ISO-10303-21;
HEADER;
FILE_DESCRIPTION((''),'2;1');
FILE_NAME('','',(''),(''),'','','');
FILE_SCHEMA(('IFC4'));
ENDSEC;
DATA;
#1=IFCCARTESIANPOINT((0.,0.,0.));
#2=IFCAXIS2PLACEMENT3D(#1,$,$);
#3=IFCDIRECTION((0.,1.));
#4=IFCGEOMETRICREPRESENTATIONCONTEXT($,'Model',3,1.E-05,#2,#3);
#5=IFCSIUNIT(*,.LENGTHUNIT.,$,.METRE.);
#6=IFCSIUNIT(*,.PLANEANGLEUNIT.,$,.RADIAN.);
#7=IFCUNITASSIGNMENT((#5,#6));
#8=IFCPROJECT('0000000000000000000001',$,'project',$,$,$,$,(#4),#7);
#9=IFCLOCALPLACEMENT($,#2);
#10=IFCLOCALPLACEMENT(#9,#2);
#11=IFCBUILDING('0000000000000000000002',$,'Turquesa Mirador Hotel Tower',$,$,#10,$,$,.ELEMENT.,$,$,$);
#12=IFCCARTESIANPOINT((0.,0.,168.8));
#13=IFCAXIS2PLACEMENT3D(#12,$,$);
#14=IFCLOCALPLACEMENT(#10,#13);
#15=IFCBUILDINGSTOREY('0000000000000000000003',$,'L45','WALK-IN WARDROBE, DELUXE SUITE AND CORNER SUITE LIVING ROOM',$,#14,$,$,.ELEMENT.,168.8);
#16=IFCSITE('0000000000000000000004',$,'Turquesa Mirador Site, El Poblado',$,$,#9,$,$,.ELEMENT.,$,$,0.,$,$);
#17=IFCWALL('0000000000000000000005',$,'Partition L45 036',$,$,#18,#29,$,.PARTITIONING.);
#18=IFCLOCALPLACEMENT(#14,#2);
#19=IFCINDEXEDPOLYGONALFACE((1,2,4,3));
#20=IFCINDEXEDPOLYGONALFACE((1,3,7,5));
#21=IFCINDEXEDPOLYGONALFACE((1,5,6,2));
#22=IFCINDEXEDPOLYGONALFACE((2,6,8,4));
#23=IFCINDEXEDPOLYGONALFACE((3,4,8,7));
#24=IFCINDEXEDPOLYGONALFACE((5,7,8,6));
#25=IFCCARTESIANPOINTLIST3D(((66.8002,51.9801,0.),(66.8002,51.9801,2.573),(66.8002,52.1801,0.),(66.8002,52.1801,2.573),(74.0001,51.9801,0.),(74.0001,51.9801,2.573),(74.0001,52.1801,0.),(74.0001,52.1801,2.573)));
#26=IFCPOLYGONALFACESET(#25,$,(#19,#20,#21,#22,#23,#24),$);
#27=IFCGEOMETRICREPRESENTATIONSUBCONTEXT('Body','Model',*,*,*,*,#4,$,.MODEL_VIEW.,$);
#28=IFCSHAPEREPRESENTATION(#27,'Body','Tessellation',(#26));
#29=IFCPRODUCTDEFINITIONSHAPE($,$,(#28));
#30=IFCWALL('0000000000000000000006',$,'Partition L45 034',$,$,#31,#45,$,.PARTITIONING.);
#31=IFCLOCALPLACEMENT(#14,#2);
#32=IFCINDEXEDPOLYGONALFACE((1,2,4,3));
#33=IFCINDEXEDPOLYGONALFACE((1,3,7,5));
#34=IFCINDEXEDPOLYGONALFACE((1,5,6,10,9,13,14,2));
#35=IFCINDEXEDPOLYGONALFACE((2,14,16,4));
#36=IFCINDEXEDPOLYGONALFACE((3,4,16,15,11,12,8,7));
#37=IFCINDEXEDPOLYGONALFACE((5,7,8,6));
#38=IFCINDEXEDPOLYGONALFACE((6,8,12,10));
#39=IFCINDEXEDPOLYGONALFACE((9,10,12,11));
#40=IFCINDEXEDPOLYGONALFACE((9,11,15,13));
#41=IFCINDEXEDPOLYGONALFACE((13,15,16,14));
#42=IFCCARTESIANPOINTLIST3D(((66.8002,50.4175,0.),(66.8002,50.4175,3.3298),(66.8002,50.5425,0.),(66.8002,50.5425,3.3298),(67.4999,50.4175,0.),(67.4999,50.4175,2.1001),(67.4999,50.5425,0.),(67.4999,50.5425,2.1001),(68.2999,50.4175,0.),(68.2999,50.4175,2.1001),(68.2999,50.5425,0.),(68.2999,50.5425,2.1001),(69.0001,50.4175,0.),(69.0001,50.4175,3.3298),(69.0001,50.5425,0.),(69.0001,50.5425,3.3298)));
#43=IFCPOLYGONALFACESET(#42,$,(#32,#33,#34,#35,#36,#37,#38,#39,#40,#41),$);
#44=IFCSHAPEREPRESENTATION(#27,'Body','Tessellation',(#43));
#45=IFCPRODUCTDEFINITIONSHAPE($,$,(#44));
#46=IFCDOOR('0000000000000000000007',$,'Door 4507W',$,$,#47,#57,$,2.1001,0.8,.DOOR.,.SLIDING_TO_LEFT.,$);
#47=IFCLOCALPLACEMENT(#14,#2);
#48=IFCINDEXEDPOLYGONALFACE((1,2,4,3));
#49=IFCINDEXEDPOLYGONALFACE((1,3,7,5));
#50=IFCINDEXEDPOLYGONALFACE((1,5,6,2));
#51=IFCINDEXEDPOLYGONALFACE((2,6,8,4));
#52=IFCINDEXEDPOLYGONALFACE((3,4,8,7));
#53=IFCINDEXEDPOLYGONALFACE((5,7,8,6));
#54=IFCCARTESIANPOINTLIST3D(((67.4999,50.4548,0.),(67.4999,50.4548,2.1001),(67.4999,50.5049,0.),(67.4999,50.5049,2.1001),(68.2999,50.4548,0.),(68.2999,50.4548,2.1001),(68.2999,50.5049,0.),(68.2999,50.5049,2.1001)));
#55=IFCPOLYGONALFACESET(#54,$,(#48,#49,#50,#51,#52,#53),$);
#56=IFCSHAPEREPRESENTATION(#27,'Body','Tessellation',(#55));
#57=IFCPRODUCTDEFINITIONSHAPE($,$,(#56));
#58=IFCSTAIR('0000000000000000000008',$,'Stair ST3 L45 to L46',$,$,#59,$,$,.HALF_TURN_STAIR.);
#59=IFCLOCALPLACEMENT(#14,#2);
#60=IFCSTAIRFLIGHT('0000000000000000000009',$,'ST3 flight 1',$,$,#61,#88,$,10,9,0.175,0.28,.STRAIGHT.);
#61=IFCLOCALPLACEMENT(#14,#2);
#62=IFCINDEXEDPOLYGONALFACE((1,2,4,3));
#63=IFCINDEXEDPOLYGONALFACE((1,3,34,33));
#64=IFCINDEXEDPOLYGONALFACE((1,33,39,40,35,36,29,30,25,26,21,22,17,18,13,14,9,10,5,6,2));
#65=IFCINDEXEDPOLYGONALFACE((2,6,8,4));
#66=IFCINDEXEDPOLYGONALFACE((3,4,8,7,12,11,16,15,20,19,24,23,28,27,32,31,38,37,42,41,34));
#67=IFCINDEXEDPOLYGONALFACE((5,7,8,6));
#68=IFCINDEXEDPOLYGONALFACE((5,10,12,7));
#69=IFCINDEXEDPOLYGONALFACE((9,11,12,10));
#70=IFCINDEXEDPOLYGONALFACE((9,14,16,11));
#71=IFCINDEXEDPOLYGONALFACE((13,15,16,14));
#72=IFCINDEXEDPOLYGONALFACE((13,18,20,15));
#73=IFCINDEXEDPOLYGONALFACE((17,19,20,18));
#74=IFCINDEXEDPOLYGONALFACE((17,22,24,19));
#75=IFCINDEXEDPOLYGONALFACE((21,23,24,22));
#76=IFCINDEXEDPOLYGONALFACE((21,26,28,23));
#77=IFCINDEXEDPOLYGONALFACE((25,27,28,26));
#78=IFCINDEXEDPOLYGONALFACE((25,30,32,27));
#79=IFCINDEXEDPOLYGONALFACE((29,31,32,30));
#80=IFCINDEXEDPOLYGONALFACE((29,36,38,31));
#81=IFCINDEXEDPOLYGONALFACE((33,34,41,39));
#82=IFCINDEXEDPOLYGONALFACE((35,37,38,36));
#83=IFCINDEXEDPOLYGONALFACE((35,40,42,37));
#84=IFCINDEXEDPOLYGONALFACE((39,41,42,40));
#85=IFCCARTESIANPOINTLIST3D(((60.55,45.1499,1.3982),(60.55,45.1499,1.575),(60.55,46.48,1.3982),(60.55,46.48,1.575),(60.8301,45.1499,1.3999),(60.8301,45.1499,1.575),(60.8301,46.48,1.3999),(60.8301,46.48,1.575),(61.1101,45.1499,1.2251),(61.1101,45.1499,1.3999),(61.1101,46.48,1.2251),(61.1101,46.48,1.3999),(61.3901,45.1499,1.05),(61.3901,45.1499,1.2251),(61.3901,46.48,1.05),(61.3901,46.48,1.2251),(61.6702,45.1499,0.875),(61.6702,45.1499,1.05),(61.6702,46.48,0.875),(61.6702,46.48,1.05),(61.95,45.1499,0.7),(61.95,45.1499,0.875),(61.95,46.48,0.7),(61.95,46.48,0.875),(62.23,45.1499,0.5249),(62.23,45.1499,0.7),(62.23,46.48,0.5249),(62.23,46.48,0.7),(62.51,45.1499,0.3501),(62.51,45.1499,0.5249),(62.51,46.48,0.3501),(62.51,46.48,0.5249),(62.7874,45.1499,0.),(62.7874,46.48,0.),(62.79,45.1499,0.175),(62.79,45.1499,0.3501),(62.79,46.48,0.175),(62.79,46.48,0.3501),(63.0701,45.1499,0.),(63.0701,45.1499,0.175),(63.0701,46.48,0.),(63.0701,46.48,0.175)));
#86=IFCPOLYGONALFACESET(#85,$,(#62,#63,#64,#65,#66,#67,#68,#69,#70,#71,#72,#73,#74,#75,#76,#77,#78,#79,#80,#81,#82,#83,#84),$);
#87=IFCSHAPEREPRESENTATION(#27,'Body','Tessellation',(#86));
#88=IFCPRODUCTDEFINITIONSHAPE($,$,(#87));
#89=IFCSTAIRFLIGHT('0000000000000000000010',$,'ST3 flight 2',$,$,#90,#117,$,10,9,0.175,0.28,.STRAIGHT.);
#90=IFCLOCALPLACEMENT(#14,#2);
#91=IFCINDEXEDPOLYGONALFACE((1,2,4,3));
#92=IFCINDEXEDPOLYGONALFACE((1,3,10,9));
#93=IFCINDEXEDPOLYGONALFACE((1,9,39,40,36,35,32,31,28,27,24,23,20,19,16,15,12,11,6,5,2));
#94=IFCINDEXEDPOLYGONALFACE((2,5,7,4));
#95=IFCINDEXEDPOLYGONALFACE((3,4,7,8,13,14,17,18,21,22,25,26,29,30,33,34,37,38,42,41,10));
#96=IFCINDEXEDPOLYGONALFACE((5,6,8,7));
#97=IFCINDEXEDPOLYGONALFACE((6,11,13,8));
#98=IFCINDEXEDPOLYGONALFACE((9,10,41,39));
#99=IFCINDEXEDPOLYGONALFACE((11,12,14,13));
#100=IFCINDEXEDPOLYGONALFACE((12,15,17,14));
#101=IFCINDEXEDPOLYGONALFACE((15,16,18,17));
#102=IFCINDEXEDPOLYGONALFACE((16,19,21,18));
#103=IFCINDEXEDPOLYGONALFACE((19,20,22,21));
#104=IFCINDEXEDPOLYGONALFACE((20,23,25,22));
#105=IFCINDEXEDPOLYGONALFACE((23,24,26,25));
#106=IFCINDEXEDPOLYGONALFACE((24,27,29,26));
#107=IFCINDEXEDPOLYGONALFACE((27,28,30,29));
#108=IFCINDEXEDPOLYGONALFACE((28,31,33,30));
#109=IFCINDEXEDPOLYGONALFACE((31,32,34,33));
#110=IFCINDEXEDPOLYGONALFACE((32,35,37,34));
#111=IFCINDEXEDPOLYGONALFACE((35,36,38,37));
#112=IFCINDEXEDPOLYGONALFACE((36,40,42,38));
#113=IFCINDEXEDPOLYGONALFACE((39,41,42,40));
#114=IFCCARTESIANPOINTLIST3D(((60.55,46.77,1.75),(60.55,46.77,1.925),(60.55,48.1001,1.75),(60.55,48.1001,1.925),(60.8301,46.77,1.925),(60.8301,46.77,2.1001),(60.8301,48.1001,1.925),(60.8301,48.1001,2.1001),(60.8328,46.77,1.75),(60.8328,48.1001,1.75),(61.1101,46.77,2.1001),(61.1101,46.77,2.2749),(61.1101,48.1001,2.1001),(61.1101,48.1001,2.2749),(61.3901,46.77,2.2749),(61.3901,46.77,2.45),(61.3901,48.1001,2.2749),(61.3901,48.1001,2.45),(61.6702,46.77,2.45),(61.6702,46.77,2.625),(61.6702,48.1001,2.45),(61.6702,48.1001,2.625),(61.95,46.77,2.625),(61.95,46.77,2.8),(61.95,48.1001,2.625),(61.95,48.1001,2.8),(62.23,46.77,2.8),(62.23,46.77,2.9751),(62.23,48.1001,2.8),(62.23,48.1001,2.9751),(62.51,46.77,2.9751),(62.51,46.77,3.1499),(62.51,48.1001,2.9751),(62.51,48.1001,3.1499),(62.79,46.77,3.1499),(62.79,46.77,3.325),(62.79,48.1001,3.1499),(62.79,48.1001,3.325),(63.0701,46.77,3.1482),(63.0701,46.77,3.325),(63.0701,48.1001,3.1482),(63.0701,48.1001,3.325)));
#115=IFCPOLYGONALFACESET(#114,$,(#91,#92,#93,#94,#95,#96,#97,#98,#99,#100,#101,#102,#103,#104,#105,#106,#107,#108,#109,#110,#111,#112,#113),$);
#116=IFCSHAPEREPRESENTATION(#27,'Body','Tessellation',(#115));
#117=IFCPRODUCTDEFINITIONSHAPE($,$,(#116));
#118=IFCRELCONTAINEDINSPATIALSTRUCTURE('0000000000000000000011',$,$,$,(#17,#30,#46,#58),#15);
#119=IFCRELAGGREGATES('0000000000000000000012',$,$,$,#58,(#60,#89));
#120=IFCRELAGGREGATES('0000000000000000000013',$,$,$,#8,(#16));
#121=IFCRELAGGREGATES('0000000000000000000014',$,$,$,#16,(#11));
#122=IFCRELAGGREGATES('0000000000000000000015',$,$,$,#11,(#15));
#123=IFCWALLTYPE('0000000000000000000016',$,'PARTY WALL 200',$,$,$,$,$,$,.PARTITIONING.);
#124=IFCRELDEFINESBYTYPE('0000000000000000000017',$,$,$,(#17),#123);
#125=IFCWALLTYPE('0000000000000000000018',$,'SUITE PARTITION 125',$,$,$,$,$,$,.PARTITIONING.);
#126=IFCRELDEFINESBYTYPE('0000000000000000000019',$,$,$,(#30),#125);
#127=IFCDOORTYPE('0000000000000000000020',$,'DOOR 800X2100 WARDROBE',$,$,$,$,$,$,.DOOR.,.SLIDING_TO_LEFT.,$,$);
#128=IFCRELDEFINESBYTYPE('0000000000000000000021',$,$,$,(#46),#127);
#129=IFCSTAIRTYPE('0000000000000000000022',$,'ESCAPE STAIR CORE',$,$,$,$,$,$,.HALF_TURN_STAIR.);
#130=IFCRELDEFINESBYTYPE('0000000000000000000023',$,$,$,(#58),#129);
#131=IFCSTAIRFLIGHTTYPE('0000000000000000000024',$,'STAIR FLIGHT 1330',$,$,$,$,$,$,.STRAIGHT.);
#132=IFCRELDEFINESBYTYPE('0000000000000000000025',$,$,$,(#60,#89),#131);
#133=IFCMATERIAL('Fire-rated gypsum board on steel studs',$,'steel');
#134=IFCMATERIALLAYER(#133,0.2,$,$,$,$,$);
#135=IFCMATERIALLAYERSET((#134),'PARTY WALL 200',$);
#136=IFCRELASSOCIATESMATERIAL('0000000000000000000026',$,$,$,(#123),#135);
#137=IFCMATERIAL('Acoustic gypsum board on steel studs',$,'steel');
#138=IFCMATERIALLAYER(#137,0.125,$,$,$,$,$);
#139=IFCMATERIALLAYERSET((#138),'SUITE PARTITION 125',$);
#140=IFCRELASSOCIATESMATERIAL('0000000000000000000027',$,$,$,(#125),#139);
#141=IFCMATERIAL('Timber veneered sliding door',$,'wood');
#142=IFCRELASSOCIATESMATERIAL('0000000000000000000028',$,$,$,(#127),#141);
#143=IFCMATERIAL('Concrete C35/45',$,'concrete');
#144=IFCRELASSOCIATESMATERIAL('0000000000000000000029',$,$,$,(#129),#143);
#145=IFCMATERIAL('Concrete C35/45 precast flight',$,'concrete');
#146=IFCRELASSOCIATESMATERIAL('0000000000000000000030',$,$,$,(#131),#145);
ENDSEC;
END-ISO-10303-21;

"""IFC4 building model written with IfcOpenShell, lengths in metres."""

from ifc_helpers import new_model, si_unit, direction, frame, frame_2d, origin, place, context, subcontext, project, spatial, polyline, rectangle, outline, extrude, material, layer, layer_set, type_object, element, fill, aggregate, save


model = new_model("IFC4")

# Units and contexts
model_context = context("Model", 3, precision=1e-05, world=origin(), true_north=direction((0.0, 1.0)))
body_context = subcontext(model_context, "Body", "Model", "MODEL_VIEW")
ifc_project = project(units=[si_unit("LENGTHUNIT", "METRE"), si_unit("PLANEANGLEUNIT", "RADIAN")], contexts=[model_context])

# Site, building, storey
site_placement = place(None, origin())
site = spatial("IfcSite", under=ifc_project, at=site_placement, Name="Turquesa Mirador Site, El Poblado", CompositionType="ELEMENT", RefElevation=0.0)
building_placement = place(site_placement, origin())
building = spatial("IfcBuilding", under=site, at=building_placement, Name="Turquesa Mirador Hotel Tower", CompositionType="ELEMENT")
storey_placement = place(building_placement, frame((0.0, 0.0, 168.8)))
storey = spatial("IfcBuildingStorey", under=building, at=storey_placement, Name="L45", Description="WALK-IN WARDROBE, DELUXE SUITE AND CORNER SUITE LIVING ROOM", CompositionType="ELEMENT", Elevation=168.8)

# Wall
ifc_material_1 = material(Name="Fire-rated gypsum board on steel studs", Category="steel")
ifc_layer_1 = layer(ifc_material_1, 0.2)
ifc_layer_set_1 = layer_set([ifc_layer_1], Name="PARTY WALL 200")
wall_type_1 = type_object("IfcWallType", Name="PARTY WALL 200", PredefinedType="PARTITIONING", material=ifc_layer_set_1)
wall_1_placement = place(storey_placement, frame((66.8, 52.0801, 0.0), z_axis=(0.0, 0.0, 1.0), x_axis=(1.0, 0.0, 0.0)))
element("IfcWall", 1, at=wall_1_placement, inside=storey, type_object=wall_type_1, Name="Partition L45 036", PredefinedType="PARTITIONING", context=body_context, shape_type="SweptSolid", body=[
    extrude(rectangle(XDim=7.2, YDim=0.2, at=frame_2d((3.6001, 0.0))), origin(), (0.0, 0.0, 1.0), 2.573),
])

# Wall, opening, door
ifc_material_2 = material(Name="Acoustic gypsum board on steel studs", Category="steel")
ifc_layer_2 = layer(ifc_material_2, 0.125)
ifc_layer_set_2 = layer_set([ifc_layer_2], Name="SUITE PARTITION 125")
wall_type_2 = type_object("IfcWallType", Name="SUITE PARTITION 125", PredefinedType="PARTITIONING", material=ifc_layer_set_2)
wall_2_placement = place(storey_placement, frame((66.8, 50.48, 0.0), z_axis=(0.0, 0.0, 1.0), x_axis=(1.0, 0.0, 0.0)))
wall_2 = element("IfcWall", 2, at=wall_2_placement, inside=storey, type_object=wall_type_2, Name="Partition L45 034", PredefinedType="PARTITIONING", context=body_context, shape_type="SweptSolid", body=[
    extrude(rectangle(XDim=2.2, YDim=0.125, at=frame_2d((1.1001, 0.0))), origin(), (0.0, 0.0, 1.0), 3.3298),
])
opening_1_placement = place(wall_2_placement, frame((0.7, 0.0, 0.0)))
opening_1 = element("IfcOpeningElement", 3, at=opening_1_placement, cuts=wall_2, PredefinedType="OPENING", context=body_context, shape_type="SweptSolid", body=[
    extrude(rectangle(XDim=0.8, YDim=2.1001, at=frame_2d((0.3999, 1.05))), frame((0.0, 0.0725, 0.0), z_axis=(0.0, -1.0, 0.0), x_axis=(1.0, 0.0, 0.0)), (0.0, 0.0, 1.0), 0.145),
])
ifc_material_3 = material(Name="Timber veneered sliding door", Category="wood")
door_type_1 = type_object("IfcDoorType", Name="DOOR 800X2100 WARDROBE", OperationType="SLIDING_TO_LEFT", PredefinedType="DOOR", material=ifc_material_3)
door_1_placement = place(opening_1_placement, origin())
door_1 = element("IfcDoor", 4, at=door_1_placement, inside=storey, type_object=door_type_1, Name="Door 4507W", OperationType="SLIDING_TO_LEFT", OverallHeight=2.1001, OverallWidth=0.8, PredefinedType="DOOR", context=body_context, shape_type="SweptSolid", body=[
    extrude(rectangle(XDim=0.8, YDim=2.1001, at=frame_2d((0.3999, 1.05))), frame((0.0, 0.0249, 0.0), z_axis=(0.0, -1.0, 0.0), x_axis=(1.0, 0.0, 0.0)), (0.0, 0.0, 1.0), 0.05),
])
fill(opening_1, door_1)

# Stair, stair flights
ifc_material_4 = material(Name="Concrete C35/45", Category="concrete")
stair_type = type_object("IfcStairType", Name="ESCAPE STAIR CORE", PredefinedType="HALF_TURN_STAIR", material=ifc_material_4)
stair_placement = place(storey_placement, origin())
stair = element("IfcStair", 5, at=stair_placement, inside=storey, type_object=stair_type, Name="Stair ST3 L45 to L46", PredefinedType="HALF_TURN_STAIR")
ifc_material_5 = material(Name="Concrete C35/45 precast flight", Category="concrete")
stair_flight_type = type_object("IfcStairFlightType", Name="STAIR FLIGHT 1330", PredefinedType="STRAIGHT", material=ifc_material_5)
stair_flight_1_placement = place(storey_placement, frame((63.0701, 45.8149, 0.0), z_axis=(0.0, 0.0, 1.0), x_axis=(-1.0, 0.0, 0.0)))
stair_flight_1 = element("IfcStairFlight", 6, at=stair_flight_1_placement, type_object=stair_flight_type, Name="ST3 flight 1", NumberOfRisers=10, NumberOfTreads=9, PredefinedType="STRAIGHT", RiserHeight=0.175, TreadLength=0.28, context=body_context, shape_type="SweptSolid", body=[
    extrude(outline(polyline([(0.0, 0.0), (0.0, 0.175), (0.28, 0.175), (0.28, 0.3501), (0.5601, 0.3501), (0.5601, 0.5249), (0.8401, 0.5249), (0.8401, 0.7), (1.1201, 0.7), (1.1201, 0.875), (1.3999, 0.875), (1.3999, 1.05), (1.6799, 1.05), (1.6799, 1.2251), (1.96, 1.2251), (1.96, 1.3999), (2.24, 1.3999), (2.24, 1.575), (2.52, 1.575), (2.52, 1.75), (2.52, 1.3982), (0.2827, 0.0), (0.0, 0.0)])), frame((0.0, 0.665, 0.0), z_axis=(0.0, -1.0, 0.0), x_axis=(1.0, 0.0, 0.0)), (0.0, 0.0, 1.0), 1.3301),
])
stair_flight_2_placement = place(storey_placement, frame((60.55, 47.4351, 1.75), z_axis=(0.0, 0.0, 1.0), x_axis=(1.0, 0.0, 0.0)))
stair_flight_2 = element("IfcStairFlight", 7, at=stair_flight_2_placement, type_object=stair_flight_type, Name="ST3 flight 2", NumberOfRisers=10, NumberOfTreads=9, PredefinedType="STRAIGHT", RiserHeight=0.175, TreadLength=0.28, context=body_context, shape_type="SweptSolid", body=[
    extrude(outline(polyline([(0.0, 0.0), (0.0, 0.175), (0.28, 0.175), (0.28, 0.3501), (0.5601, 0.3501), (0.5601, 0.5249), (0.8401, 0.5249), (0.8401, 0.7), (1.1201, 0.7), (1.1201, 0.875), (1.3999, 0.875), (1.3999, 1.05), (1.6799, 1.05), (1.6799, 1.2251), (1.96, 1.2251), (1.96, 1.3999), (2.24, 1.3999), (2.24, 1.575), (2.52, 1.575), (2.52, 1.75), (2.52, 1.3982), (0.2827, 0.0), (0.0, 0.0)])), frame((0.0, 0.665, 0.0), z_axis=(0.0, -1.0, 0.0), x_axis=(1.0, 0.0, 0.0)), (0.0, 0.0, 1.0), 1.3301),
])
aggregate(stair, [stair_flight_1, stair_flight_2])

save(model, "model.ifc")
